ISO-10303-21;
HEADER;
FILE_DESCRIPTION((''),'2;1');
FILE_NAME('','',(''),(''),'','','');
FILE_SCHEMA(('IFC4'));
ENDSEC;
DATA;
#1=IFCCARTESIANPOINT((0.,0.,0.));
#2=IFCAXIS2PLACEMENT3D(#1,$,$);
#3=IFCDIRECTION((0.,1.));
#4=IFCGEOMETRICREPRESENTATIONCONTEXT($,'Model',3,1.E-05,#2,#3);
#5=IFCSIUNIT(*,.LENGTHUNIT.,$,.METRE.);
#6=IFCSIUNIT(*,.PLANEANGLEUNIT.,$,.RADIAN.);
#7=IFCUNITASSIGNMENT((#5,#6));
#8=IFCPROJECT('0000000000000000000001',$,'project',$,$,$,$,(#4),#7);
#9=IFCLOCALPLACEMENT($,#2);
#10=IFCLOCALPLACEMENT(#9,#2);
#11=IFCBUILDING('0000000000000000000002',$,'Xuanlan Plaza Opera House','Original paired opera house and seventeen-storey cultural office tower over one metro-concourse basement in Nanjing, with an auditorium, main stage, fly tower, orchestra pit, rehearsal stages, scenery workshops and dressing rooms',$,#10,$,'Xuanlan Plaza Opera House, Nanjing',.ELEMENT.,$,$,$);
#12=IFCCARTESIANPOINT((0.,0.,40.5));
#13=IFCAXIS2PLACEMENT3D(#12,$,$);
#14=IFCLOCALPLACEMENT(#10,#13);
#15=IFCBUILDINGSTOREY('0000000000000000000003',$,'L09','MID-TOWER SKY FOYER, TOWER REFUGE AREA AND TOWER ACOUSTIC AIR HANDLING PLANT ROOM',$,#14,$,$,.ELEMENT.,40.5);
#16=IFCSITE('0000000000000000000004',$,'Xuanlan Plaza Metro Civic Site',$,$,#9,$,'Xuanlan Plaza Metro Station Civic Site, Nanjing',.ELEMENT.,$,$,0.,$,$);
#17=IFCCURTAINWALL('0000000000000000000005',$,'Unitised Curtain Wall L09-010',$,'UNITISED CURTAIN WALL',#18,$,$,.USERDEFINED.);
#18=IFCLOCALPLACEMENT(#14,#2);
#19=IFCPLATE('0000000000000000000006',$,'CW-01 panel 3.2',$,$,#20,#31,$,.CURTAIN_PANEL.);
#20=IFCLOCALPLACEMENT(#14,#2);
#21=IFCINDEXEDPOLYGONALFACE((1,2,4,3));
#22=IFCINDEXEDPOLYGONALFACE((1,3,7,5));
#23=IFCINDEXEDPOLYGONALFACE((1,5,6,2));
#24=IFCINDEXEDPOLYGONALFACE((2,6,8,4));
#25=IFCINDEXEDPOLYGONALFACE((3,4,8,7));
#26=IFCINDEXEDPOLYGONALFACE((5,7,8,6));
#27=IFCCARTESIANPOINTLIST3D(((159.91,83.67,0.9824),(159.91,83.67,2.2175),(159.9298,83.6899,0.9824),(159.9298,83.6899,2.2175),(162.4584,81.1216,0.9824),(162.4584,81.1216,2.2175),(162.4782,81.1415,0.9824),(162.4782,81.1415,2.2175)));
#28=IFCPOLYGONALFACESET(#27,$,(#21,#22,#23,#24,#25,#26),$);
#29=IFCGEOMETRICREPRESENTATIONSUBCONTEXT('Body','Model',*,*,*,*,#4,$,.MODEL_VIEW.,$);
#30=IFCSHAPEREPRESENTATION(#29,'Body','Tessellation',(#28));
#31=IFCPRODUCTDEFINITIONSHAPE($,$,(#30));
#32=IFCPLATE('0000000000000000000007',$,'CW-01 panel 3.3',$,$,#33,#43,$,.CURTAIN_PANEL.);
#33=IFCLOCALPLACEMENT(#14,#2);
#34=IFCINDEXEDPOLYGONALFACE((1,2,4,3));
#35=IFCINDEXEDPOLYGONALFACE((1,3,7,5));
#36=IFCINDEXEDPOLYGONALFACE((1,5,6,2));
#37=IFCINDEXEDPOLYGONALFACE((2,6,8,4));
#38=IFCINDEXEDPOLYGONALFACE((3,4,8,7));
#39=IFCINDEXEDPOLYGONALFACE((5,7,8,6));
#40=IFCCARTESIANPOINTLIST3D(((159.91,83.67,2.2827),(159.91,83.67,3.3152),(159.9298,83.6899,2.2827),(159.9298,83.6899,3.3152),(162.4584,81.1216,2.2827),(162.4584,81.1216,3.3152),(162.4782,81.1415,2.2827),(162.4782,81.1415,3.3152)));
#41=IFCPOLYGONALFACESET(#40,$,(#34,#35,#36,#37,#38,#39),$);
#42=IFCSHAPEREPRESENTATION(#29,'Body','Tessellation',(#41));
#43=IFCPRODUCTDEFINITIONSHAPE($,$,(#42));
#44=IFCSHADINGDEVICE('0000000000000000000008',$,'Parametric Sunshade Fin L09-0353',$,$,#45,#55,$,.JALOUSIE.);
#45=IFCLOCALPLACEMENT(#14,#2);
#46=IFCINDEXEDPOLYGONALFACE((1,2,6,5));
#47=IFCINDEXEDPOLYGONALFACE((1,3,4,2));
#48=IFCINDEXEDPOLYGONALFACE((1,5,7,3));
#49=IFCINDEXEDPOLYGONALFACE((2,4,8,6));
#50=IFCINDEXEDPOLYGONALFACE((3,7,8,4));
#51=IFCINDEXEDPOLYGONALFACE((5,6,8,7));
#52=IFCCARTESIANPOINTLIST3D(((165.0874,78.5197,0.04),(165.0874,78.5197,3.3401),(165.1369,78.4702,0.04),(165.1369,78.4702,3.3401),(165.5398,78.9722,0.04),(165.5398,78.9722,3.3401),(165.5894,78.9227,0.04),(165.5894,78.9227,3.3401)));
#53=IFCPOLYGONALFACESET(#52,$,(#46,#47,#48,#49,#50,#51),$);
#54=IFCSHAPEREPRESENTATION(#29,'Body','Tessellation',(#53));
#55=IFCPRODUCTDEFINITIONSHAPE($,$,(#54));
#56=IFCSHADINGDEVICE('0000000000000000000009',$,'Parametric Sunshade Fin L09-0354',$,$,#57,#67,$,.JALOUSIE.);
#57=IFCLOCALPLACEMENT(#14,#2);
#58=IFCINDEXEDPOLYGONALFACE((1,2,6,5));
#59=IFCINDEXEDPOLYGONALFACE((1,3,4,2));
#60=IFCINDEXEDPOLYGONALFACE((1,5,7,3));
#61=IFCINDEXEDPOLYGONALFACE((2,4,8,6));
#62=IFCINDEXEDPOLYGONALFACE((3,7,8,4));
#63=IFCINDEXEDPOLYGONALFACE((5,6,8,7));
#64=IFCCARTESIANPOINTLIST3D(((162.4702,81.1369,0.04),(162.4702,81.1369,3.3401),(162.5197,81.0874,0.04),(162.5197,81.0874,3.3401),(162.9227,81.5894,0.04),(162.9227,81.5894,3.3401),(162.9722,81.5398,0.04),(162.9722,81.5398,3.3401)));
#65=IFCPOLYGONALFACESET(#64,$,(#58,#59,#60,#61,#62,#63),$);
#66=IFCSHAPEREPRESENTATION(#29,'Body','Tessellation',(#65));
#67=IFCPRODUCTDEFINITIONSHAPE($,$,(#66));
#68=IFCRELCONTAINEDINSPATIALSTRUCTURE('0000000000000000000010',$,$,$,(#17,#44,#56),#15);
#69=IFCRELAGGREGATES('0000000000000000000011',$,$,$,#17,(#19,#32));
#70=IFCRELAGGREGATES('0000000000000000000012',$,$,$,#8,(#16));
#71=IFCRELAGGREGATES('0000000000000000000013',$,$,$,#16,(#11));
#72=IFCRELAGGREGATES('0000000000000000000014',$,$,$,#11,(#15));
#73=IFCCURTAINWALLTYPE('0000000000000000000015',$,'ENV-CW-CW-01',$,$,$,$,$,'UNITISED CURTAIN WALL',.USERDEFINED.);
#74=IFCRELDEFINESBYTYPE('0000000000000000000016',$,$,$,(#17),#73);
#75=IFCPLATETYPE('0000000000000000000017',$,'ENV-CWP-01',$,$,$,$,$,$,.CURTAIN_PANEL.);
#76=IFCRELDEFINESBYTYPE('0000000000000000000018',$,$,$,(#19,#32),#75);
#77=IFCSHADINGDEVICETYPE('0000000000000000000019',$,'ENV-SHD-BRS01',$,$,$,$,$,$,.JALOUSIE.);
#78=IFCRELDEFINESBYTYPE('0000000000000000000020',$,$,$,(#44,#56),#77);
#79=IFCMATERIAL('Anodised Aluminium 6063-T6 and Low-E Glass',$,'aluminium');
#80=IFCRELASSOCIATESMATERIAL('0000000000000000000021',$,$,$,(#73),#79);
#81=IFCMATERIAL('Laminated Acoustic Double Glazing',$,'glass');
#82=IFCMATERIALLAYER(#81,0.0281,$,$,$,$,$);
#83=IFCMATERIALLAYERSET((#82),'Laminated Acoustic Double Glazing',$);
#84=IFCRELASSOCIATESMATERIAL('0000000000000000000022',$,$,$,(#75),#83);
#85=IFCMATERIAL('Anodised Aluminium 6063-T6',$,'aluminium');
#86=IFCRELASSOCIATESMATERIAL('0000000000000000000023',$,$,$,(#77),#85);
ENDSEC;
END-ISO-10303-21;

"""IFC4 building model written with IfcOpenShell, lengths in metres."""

from ifc_helpers import new_model, si_unit, direction, frame, origin, origin_2d, place, context, subcontext, project, spatial, rectangle, extrude, material, layer, layer_set, type_object, element, aggregate, save


model = new_model("IFC4")

# Units and contexts
model_context = context("Model", 3, precision=1e-05, world=origin(), true_north=direction((0.0, 1.0)))
body_context = subcontext(model_context, "Body", "Model", "MODEL_VIEW")
ifc_project = project(units=[si_unit("LENGTHUNIT", "METRE"), si_unit("PLANEANGLEUNIT", "RADIAN")], contexts=[model_context])

# Site, building, storey
site_placement = place(None, origin())
site = spatial("IfcSite", under=ifc_project, at=site_placement, Name="Xuanlan Plaza Metro Civic Site", LongName="Xuanlan Plaza Metro Station Civic Site, Nanjing", CompositionType="ELEMENT", RefElevation=0.0)
building_placement = place(site_placement, origin())
building = spatial("IfcBuilding", under=site, at=building_placement, Name="Xuanlan Plaza Opera House", Description="Original paired opera house and seventeen-storey cultural office tower over one metro-concourse basement in Nanjing, with an auditorium, main stage, fly tower, orchestra pit, rehearsal stages, scenery workshops and dressing rooms", LongName="Xuanlan Plaza Opera House, Nanjing", CompositionType="ELEMENT")
storey_placement = place(building_placement, frame((0.0, 0.0, 40.5)))
storey = spatial("IfcBuildingStorey", under=building, at=storey_placement, Name="L09", Description="MID-TOWER SKY FOYER, TOWER REFUGE AREA AND TOWER ACOUSTIC AIR HANDLING PLANT ROOM", CompositionType="ELEMENT", Elevation=40.5)

# Curtain wall
ifc_material_1 = material(Name="Anodised Aluminium 6063-T6 and Low-E Glass", Category="aluminium")
curtain_wall_type_1 = type_object("IfcCurtainWallType", Name="ENV-CW-CW-01", ElementType="UNITISED CURTAIN WALL", PredefinedType="USERDEFINED", material=ifc_material_1)
curtain_wall_1_placement = place(storey_placement, origin())
curtain_wall_1 = element("IfcCurtainWall", 1, at=curtain_wall_1_placement, inside=storey, type_object=curtain_wall_type_1, Name="Unitised Curtain Wall L09-010", ObjectType="UNITISED CURTAIN WALL", PredefinedType="USERDEFINED")
ifc_material_2 = material(Name="Anodised Aluminium 6063-T6", Category="aluminium")

# Plates
ifc_material_3 = material(Name="Laminated Acoustic Double Glazing", Category="glass")
ifc_layer = layer(ifc_material_3, 0.0281)
ifc_layer_set = layer_set([ifc_layer], Name="Laminated Acoustic Double Glazing")
plate_type = type_object("IfcPlateType", Name="ENV-CWP-01", PredefinedType="CURTAIN_PANEL", material=ifc_layer_set)
plate_1_placement = place(storey_placement, frame((161.1941, 82.4058, 0.9824), z_axis=(0.0, 0.0, 1.0), x_axis=(-0.707107, 0.707107, 0.0)))
plate_1 = element("IfcPlate", 2, at=plate_1_placement, type_object=plate_type, Name="CW-01 panel 3.2", PredefinedType="CURTAIN_PANEL", context=body_context, shape_type="SweptSolid", body=[
    extrude(rectangle(XDim=3.604, YDim=0.0281, at=origin_2d()), origin(), (0.0, 0.0, 1.0), 1.2351),
])
plate_2_placement = place(storey_placement, frame((161.1941, 82.4058, 2.2827), z_axis=(0.0, 0.0, 1.0), x_axis=(-0.707107, 0.707107, 0.0)))
plate_2 = element("IfcPlate", 3, at=plate_2_placement, type_object=plate_type, Name="CW-01 panel 3.3", PredefinedType="CURTAIN_PANEL", context=body_context, shape_type="SweptSolid", body=[
    extrude(rectangle(XDim=3.604, YDim=0.0281, at=origin_2d()), origin(), (0.0, 0.0, 1.0), 1.0325),
])
aggregate(curtain_wall_1, [plate_1, plate_2])

# Shading devices
shading_device_type = type_object("IfcShadingDeviceType", Name="ENV-SHD-BRS01", PredefinedType="JALOUSIE", material=ifc_material_2)
for number, where, z_axis, x_axis, name in (
    (4, (165.3384, 78.7212, 0.04), (0.0, 0.0, 1.0), (0.707107, 0.707107, 0.0), "Parametric Sunshade Fin L09-0353"),
    (5, (162.7212, 81.3384, 0.04), (0.0, 0.0, 1.0), (0.707107, 0.707107, 0.0), "Parametric Sunshade Fin L09-0354"),
):
    element("IfcShadingDevice", number, at=place(storey_placement, frame(where, z_axis=z_axis, x_axis=x_axis)), inside=storey, type_object=shading_device_type, Name=name, PredefinedType="JALOUSIE", context=body_context, shape_type="SweptSolid", body=[
        extrude(rectangle(XDim=0.6399, YDim=0.0701, at=origin_2d()), origin(), (0.0, 0.0, 1.0), 3.3),
    ])

save(model, "model.ifc")
